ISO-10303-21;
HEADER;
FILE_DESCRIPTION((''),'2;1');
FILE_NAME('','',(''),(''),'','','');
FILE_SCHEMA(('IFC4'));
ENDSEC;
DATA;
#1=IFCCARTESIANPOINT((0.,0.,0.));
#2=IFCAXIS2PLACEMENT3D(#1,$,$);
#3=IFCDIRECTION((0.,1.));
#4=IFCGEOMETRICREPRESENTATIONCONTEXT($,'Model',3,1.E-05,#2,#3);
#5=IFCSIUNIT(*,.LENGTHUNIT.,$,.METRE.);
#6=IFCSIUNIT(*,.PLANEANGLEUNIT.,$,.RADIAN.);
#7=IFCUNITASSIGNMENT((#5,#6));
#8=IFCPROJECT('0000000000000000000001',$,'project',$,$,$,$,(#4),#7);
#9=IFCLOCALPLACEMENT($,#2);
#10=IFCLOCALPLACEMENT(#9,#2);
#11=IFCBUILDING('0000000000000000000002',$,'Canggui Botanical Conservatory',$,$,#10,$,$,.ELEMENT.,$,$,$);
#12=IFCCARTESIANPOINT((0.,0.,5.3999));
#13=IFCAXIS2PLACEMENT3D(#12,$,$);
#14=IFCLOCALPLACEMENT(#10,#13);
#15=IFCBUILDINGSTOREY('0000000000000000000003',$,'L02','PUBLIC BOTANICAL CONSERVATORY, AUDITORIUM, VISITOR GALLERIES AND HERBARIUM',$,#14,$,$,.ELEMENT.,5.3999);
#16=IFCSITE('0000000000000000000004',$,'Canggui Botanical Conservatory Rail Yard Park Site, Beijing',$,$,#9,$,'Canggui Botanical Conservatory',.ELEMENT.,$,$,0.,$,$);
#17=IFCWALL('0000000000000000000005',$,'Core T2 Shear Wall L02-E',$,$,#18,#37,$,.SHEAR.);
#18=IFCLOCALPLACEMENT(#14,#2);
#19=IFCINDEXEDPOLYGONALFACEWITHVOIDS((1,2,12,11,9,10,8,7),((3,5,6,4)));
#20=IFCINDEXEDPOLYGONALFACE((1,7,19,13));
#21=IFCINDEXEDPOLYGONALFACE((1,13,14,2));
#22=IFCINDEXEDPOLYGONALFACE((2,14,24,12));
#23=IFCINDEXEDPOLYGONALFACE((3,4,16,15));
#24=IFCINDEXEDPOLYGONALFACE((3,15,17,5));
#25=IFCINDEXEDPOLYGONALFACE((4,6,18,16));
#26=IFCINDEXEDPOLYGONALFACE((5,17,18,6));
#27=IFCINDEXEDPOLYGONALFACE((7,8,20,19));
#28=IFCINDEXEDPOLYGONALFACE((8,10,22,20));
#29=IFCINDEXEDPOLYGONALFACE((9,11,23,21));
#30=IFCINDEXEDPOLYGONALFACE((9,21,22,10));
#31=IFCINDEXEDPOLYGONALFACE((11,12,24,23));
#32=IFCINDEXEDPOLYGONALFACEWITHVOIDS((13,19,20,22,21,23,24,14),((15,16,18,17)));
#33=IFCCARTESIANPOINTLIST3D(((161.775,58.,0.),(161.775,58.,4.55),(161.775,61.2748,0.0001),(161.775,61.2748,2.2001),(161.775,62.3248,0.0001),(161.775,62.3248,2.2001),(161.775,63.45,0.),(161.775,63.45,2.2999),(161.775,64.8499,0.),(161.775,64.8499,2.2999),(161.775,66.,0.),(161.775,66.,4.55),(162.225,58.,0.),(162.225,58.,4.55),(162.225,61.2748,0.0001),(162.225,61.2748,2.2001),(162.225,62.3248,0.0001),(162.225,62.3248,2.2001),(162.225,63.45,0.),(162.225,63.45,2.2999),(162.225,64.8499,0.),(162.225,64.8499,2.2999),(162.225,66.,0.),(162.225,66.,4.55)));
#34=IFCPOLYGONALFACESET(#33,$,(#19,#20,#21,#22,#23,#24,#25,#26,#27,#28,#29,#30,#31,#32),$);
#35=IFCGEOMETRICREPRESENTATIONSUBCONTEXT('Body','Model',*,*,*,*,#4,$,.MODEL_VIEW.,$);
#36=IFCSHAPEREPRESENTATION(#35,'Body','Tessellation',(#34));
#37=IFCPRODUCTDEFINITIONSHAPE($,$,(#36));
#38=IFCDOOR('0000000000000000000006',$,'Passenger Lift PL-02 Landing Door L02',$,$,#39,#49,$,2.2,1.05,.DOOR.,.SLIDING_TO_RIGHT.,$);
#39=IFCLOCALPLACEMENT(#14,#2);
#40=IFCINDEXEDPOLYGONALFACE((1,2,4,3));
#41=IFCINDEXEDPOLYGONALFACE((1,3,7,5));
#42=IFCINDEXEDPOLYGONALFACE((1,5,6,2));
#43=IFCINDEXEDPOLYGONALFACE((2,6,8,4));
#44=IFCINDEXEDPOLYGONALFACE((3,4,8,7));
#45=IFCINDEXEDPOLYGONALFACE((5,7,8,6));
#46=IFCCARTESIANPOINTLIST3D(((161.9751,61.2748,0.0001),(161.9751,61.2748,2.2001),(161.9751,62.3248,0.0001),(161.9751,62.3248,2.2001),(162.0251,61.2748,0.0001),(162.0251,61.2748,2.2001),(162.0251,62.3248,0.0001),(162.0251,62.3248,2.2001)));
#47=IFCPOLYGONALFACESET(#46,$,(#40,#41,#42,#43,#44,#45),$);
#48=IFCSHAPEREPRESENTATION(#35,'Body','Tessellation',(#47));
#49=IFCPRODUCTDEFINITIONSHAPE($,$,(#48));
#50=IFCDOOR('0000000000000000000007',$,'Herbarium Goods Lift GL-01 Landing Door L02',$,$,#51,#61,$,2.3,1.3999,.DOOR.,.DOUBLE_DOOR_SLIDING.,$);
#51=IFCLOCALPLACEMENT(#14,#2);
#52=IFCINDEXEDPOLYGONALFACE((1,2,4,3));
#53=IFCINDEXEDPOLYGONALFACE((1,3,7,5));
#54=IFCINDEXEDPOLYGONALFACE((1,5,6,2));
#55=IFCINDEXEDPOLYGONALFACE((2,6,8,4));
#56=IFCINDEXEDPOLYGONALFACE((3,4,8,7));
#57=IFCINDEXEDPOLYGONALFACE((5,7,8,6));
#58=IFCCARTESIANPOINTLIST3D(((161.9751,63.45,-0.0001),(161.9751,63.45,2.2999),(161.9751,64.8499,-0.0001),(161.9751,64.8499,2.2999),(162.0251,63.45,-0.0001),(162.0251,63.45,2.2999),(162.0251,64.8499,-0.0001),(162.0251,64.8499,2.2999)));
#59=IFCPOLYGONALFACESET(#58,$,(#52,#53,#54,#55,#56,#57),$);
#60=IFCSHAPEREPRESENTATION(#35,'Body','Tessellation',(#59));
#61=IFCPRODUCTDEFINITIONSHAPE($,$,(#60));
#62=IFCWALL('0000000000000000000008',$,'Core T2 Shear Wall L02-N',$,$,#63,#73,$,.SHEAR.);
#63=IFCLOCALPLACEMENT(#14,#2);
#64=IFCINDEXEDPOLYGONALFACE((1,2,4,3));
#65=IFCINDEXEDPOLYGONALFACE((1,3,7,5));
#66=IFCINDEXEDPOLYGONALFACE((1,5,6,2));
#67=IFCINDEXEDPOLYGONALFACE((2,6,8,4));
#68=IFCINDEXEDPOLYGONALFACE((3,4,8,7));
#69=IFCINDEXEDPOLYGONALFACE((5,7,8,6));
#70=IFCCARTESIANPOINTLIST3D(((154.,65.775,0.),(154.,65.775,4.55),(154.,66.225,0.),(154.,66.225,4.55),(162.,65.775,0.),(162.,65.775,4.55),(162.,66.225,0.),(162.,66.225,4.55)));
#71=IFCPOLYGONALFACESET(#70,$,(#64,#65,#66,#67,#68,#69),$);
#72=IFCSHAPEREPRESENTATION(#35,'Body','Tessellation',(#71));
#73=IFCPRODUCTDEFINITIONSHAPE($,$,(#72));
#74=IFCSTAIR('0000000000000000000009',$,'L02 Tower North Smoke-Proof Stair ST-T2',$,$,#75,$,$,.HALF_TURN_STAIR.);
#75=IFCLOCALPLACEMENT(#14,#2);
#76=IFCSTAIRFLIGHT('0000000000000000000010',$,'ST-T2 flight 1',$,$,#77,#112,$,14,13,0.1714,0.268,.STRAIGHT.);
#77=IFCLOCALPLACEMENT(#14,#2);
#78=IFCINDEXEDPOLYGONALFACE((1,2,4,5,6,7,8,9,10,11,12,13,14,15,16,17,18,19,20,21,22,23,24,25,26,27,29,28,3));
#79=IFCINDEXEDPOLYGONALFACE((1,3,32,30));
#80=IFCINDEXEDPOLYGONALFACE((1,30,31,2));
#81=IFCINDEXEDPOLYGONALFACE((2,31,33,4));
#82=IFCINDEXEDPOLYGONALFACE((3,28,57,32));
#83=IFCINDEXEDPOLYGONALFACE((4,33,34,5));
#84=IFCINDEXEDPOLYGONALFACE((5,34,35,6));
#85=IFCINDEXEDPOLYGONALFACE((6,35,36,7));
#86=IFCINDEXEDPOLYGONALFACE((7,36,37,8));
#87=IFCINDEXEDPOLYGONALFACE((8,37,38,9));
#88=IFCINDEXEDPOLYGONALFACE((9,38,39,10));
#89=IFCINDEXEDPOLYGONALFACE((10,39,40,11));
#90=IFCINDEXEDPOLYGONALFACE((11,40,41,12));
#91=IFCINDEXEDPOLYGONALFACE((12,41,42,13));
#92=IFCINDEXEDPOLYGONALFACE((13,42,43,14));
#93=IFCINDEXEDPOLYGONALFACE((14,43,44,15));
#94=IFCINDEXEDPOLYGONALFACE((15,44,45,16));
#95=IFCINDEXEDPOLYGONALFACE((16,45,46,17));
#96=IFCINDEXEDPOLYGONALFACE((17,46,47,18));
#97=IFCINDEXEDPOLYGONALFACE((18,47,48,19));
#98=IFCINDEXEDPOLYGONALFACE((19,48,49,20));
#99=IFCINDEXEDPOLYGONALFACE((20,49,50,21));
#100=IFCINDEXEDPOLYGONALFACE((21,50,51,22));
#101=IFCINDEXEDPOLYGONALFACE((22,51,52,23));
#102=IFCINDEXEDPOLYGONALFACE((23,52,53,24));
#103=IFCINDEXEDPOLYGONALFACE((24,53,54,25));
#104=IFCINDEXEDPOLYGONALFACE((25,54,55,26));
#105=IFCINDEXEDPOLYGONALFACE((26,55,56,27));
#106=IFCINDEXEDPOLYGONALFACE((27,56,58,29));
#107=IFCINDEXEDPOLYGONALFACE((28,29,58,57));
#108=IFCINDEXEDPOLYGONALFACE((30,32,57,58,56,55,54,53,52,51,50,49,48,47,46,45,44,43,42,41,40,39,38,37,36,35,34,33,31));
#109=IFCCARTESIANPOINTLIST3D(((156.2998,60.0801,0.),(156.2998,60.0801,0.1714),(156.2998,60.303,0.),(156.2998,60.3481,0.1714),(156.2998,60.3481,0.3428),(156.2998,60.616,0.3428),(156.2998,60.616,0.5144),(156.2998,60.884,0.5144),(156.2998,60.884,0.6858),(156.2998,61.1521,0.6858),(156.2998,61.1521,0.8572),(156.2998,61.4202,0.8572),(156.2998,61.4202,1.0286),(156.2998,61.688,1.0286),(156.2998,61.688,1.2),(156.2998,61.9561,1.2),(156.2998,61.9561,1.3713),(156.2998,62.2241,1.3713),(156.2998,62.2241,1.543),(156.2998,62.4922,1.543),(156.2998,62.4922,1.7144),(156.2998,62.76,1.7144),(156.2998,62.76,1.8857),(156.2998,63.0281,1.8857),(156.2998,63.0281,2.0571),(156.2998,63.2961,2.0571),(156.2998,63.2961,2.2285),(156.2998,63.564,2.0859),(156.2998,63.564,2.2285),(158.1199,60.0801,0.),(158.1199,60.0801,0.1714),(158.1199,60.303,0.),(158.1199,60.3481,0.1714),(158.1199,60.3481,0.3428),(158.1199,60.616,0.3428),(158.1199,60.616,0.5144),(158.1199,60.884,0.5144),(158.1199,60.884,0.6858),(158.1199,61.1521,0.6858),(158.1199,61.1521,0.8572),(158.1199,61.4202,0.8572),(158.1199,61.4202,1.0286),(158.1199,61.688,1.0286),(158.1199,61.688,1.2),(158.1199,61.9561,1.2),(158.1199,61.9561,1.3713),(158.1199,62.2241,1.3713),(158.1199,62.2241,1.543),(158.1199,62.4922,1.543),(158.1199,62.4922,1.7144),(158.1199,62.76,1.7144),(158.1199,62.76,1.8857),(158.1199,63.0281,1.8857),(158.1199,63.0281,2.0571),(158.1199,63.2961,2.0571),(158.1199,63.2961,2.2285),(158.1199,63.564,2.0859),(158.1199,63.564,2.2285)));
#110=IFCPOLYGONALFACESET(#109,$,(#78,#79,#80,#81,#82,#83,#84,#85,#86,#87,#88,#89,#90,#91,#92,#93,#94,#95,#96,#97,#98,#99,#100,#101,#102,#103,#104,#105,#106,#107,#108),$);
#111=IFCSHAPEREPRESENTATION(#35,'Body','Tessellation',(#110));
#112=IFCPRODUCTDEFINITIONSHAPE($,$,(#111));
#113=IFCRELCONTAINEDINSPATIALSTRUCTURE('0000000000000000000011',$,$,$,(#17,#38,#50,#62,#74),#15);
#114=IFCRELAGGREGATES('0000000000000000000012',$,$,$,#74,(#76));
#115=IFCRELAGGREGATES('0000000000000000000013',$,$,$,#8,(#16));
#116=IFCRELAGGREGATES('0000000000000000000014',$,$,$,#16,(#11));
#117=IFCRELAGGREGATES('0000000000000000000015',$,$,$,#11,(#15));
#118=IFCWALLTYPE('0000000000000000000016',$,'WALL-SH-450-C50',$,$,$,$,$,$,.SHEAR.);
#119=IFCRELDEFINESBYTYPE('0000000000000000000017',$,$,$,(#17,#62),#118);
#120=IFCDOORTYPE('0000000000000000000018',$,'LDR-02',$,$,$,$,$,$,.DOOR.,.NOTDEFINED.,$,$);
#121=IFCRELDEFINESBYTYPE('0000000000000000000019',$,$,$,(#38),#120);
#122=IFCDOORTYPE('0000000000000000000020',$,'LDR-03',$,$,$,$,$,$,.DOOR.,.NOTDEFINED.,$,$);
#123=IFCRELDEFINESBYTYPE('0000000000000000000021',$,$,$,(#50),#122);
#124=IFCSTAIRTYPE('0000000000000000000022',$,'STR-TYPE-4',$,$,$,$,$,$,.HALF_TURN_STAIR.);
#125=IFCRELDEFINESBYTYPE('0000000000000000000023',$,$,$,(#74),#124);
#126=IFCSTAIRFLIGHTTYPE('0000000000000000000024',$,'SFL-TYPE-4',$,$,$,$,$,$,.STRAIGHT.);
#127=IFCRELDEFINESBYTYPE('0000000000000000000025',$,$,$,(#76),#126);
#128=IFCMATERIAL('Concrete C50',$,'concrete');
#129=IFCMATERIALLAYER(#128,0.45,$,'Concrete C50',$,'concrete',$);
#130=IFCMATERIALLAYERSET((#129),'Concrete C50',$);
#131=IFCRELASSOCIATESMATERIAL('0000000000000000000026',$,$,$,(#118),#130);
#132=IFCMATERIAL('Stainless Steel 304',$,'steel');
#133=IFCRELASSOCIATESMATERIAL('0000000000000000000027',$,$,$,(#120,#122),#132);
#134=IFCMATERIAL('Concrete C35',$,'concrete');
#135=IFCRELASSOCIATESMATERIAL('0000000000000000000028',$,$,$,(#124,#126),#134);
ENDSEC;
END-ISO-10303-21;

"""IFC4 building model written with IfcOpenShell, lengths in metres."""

from ifc_helpers import new_model, si_unit, direction, frame, frame_2d, origin, place, context, subcontext, project, spatial, polyline, rectangle, outline, extrude, material, layer, layer_set, type_object, element, fill, aggregate, save


model = new_model("IFC4")

# Units and contexts
model_context = context("Model", 3, precision=1e-05, world=origin(), true_north=direction((0.0, 1.0)))
body_context = subcontext(model_context, "Body", "Model", "MODEL_VIEW")
ifc_project = project(units=[si_unit("LENGTHUNIT", "METRE"), si_unit("PLANEANGLEUNIT", "RADIAN")], contexts=[model_context])

# Site, building, storey
site_placement = place(None, origin())
site = spatial("IfcSite", under=ifc_project, at=site_placement, Name="Canggui Botanical Conservatory Rail Yard Park Site, Beijing", LongName="Canggui Botanical Conservatory", CompositionType="ELEMENT", RefElevation=0.0)
building_placement = place(site_placement, origin())
building = spatial("IfcBuilding", under=site, at=building_placement, Name="Canggui Botanical Conservatory", CompositionType="ELEMENT")
storey_placement = place(building_placement, frame((0.0, 0.0, 5.3999)))
storey = spatial("IfcBuildingStorey", under=building, at=storey_placement, Name="L02", Description="PUBLIC BOTANICAL CONSERVATORY, AUDITORIUM, VISITOR GALLERIES AND HERBARIUM", CompositionType="ELEMENT", Elevation=5.3999)

# Shared definitions
ifc_material_1 = material(Name="Concrete C50", Category="concrete")

# Shared definitions
ifc_material_2 = material(Name="Concrete C35", Category="concrete")

# Wall, openings, doors
ifc_layer_1 = layer(ifc_material_1, 0.45, Name="Concrete C50", Category="concrete")
ifc_layer_set_1 = layer_set([ifc_layer_1], Name="Concrete C50")
wall_type_1 = type_object("IfcWallType", Name="WALL-SH-450-C50", PredefinedType="SHEAR", material=ifc_layer_set_1)
wall_1_placement = place(storey_placement, frame((162.0, 58.0, 0.0), z_axis=(0.0, 0.0, 1.0), x_axis=(0.0, 1.0, 0.0)))
wall_1 = element("IfcWall", 1, at=wall_1_placement, inside=storey, type_object=wall_type_1, Name="Core T2 Shear Wall L02-E", PredefinedType="SHEAR", context=body_context, shape_type="SweptSolid", body=[
    extrude(rectangle(XDim=8.0, YDim=0.45, at=frame_2d((4.0, 0.0))), origin(), (0.0, 0.0, 1.0), 4.55),
])
opening_1_placement = place(wall_1_placement, frame((3.2749, 0.0, 0.0)))
opening_1 = element("IfcOpeningElement", 2, at=opening_1_placement, cuts=wall_1, PredefinedType="OPENING", context=body_context, shape_type="SweptSolid", body=[
    extrude(rectangle(XDim=1.05, YDim=2.2, at=frame_2d((0.5249, 1.1001))), frame((0.0, 0.2349, 0.0), z_axis=(0.0, -1.0, 0.0), x_axis=(1.0, 0.0, 0.0)), (0.0, 0.0, 1.0), 0.47),
])
opening_2_placement = place(wall_1_placement, frame((5.45, 0.0, 0.0)))
opening_2 = element("IfcOpeningElement", 3, at=opening_2_placement, cuts=wall_1, PredefinedType="OPENING", context=body_context, shape_type="SweptSolid", body=[
    extrude(rectangle(XDim=1.3999, YDim=2.3, at=frame_2d((0.7, 1.1499))), frame((0.0, 0.2349, 0.0), z_axis=(0.0, -1.0, 0.0), x_axis=(1.0, 0.0, 0.0)), (0.0, 0.0, 1.0), 0.47),
])
ifc_material_3 = material(Name="Stainless Steel 304", Category="steel")
door_type_1 = type_object("IfcDoorType", Name="LDR-02", OperationType="NOTDEFINED", PredefinedType="DOOR", material=ifc_material_3)
door_1_placement = place(opening_1_placement, origin())
door_1 = element("IfcDoor", 4, at=door_1_placement, inside=storey, type_object=door_type_1, Name="Passenger Lift PL-02 Landing Door L02", OperationType="SLIDING_TO_RIGHT", OverallHeight=2.2, OverallWidth=1.05, PredefinedType="DOOR", context=body_context, shape_type="SweptSolid", body=[
    extrude(rectangle(XDim=1.05, YDim=2.2, at=frame_2d((0.5249, 1.1001))), frame((0.0, 0.0249, 0.0), z_axis=(0.0, -1.0, 0.0), x_axis=(1.0, 0.0, 0.0)), (0.0, 0.0, 1.0), 0.05),
])
fill(opening_1, door_1)
door_type_2 = type_object("IfcDoorType", Name="LDR-03", OperationType="NOTDEFINED", PredefinedType="DOOR", material=ifc_material_3)
door_2_placement = place(opening_2_placement, origin())
door_2 = element("IfcDoor", 5, at=door_2_placement, inside=storey, type_object=door_type_2, Name="Herbarium Goods Lift GL-01 Landing Door L02", OperationType="DOUBLE_DOOR_SLIDING", OverallHeight=2.3, OverallWidth=1.3999, PredefinedType="DOOR", context=body_context, shape_type="SweptSolid", body=[
    extrude(rectangle(XDim=1.3999, YDim=2.3, at=frame_2d((0.7, 1.1499))), frame((0.0, 0.0249, 0.0), z_axis=(0.0, -1.0, 0.0), x_axis=(1.0, 0.0, 0.0)), (0.0, 0.0, 1.0), 0.05),
])
fill(opening_2, door_2)

# Wall
wall_2_placement = place(storey_placement, frame((162.0, 66.0, 0.0), z_axis=(0.0, 0.0, 1.0), x_axis=(-1.0, 0.0, 0.0)))
element("IfcWall", 6, at=wall_2_placement, inside=storey, type_object=wall_type_1, Name="Core T2 Shear Wall L02-N", PredefinedType="SHEAR", context=body_context, shape_type="SweptSolid", body=[
    extrude(rectangle(XDim=8.0, YDim=0.45, at=frame_2d((4.0, 0.0))), origin(), (0.0, 0.0, 1.0), 4.55),
])

# Stair, stair flight
stair_type = type_object("IfcStairType", Name="STR-TYPE-4", PredefinedType="HALF_TURN_STAIR", material=ifc_material_2)
stair_placement = place(storey_placement, origin())
stair = element("IfcStair", 7, at=stair_placement, inside=storey, type_object=stair_type, Name="L02 Tower North Smoke-Proof Stair ST-T2", PredefinedType="HALF_TURN_STAIR")
stair_flight_type = type_object("IfcStairFlightType", Name="SFL-TYPE-4", PredefinedType="STRAIGHT", material=ifc_material_2)
stair_flight_placement = place(storey_placement, frame((157.21, 60.0801, 0.0), z_axis=(0.0, 0.0, 1.0), x_axis=(0.0, 1.0, 0.0)))
stair_flight = element("IfcStairFlight", 8, at=stair_flight_placement, type_object=stair_flight_type, Name="ST-T2 flight 1", NumberOfRisers=14, NumberOfTreads=13, PredefinedType="STRAIGHT", RiserHeight=0.1714, TreadLength=0.268, context=body_context, shape_type="SweptSolid", body=[
    extrude(outline(polyline([(0.0, 0.0), (0.0, 0.1714), (0.2681, 0.1714), (0.2681, 0.3428), (0.5359, 0.3428), (0.5359, 0.5144), (0.804, 0.5144), (0.804, 0.6858), (1.072, 0.6858), (1.072, 0.8572), (1.3401, 0.8572), (1.3401, 1.0286), (1.6079, 1.0286), (1.6079, 1.2), (1.876, 1.2), (1.876, 1.3713), (2.144, 1.3713), (2.144, 1.543), (2.4121, 1.543), (2.4121, 1.7144), (2.6799, 1.7144), (2.6799, 1.8857), (2.948, 1.8857), (2.948, 2.0571), (3.2161, 2.0571), (3.2161, 2.2285), (3.4839, 2.2285), (3.4839, 2.3999), (3.4839, 2.0859), (0.2229, 0.0), (0.0, 0.0)])), frame((0.0, 0.9102, 0.0), z_axis=(0.0, -1.0, 0.0), x_axis=(1.0, 0.0, 0.0)), (0.0, 0.0, 1.0), 1.8201),
])
aggregate(stair, [stair_flight])

save(model, "model.ifc")
